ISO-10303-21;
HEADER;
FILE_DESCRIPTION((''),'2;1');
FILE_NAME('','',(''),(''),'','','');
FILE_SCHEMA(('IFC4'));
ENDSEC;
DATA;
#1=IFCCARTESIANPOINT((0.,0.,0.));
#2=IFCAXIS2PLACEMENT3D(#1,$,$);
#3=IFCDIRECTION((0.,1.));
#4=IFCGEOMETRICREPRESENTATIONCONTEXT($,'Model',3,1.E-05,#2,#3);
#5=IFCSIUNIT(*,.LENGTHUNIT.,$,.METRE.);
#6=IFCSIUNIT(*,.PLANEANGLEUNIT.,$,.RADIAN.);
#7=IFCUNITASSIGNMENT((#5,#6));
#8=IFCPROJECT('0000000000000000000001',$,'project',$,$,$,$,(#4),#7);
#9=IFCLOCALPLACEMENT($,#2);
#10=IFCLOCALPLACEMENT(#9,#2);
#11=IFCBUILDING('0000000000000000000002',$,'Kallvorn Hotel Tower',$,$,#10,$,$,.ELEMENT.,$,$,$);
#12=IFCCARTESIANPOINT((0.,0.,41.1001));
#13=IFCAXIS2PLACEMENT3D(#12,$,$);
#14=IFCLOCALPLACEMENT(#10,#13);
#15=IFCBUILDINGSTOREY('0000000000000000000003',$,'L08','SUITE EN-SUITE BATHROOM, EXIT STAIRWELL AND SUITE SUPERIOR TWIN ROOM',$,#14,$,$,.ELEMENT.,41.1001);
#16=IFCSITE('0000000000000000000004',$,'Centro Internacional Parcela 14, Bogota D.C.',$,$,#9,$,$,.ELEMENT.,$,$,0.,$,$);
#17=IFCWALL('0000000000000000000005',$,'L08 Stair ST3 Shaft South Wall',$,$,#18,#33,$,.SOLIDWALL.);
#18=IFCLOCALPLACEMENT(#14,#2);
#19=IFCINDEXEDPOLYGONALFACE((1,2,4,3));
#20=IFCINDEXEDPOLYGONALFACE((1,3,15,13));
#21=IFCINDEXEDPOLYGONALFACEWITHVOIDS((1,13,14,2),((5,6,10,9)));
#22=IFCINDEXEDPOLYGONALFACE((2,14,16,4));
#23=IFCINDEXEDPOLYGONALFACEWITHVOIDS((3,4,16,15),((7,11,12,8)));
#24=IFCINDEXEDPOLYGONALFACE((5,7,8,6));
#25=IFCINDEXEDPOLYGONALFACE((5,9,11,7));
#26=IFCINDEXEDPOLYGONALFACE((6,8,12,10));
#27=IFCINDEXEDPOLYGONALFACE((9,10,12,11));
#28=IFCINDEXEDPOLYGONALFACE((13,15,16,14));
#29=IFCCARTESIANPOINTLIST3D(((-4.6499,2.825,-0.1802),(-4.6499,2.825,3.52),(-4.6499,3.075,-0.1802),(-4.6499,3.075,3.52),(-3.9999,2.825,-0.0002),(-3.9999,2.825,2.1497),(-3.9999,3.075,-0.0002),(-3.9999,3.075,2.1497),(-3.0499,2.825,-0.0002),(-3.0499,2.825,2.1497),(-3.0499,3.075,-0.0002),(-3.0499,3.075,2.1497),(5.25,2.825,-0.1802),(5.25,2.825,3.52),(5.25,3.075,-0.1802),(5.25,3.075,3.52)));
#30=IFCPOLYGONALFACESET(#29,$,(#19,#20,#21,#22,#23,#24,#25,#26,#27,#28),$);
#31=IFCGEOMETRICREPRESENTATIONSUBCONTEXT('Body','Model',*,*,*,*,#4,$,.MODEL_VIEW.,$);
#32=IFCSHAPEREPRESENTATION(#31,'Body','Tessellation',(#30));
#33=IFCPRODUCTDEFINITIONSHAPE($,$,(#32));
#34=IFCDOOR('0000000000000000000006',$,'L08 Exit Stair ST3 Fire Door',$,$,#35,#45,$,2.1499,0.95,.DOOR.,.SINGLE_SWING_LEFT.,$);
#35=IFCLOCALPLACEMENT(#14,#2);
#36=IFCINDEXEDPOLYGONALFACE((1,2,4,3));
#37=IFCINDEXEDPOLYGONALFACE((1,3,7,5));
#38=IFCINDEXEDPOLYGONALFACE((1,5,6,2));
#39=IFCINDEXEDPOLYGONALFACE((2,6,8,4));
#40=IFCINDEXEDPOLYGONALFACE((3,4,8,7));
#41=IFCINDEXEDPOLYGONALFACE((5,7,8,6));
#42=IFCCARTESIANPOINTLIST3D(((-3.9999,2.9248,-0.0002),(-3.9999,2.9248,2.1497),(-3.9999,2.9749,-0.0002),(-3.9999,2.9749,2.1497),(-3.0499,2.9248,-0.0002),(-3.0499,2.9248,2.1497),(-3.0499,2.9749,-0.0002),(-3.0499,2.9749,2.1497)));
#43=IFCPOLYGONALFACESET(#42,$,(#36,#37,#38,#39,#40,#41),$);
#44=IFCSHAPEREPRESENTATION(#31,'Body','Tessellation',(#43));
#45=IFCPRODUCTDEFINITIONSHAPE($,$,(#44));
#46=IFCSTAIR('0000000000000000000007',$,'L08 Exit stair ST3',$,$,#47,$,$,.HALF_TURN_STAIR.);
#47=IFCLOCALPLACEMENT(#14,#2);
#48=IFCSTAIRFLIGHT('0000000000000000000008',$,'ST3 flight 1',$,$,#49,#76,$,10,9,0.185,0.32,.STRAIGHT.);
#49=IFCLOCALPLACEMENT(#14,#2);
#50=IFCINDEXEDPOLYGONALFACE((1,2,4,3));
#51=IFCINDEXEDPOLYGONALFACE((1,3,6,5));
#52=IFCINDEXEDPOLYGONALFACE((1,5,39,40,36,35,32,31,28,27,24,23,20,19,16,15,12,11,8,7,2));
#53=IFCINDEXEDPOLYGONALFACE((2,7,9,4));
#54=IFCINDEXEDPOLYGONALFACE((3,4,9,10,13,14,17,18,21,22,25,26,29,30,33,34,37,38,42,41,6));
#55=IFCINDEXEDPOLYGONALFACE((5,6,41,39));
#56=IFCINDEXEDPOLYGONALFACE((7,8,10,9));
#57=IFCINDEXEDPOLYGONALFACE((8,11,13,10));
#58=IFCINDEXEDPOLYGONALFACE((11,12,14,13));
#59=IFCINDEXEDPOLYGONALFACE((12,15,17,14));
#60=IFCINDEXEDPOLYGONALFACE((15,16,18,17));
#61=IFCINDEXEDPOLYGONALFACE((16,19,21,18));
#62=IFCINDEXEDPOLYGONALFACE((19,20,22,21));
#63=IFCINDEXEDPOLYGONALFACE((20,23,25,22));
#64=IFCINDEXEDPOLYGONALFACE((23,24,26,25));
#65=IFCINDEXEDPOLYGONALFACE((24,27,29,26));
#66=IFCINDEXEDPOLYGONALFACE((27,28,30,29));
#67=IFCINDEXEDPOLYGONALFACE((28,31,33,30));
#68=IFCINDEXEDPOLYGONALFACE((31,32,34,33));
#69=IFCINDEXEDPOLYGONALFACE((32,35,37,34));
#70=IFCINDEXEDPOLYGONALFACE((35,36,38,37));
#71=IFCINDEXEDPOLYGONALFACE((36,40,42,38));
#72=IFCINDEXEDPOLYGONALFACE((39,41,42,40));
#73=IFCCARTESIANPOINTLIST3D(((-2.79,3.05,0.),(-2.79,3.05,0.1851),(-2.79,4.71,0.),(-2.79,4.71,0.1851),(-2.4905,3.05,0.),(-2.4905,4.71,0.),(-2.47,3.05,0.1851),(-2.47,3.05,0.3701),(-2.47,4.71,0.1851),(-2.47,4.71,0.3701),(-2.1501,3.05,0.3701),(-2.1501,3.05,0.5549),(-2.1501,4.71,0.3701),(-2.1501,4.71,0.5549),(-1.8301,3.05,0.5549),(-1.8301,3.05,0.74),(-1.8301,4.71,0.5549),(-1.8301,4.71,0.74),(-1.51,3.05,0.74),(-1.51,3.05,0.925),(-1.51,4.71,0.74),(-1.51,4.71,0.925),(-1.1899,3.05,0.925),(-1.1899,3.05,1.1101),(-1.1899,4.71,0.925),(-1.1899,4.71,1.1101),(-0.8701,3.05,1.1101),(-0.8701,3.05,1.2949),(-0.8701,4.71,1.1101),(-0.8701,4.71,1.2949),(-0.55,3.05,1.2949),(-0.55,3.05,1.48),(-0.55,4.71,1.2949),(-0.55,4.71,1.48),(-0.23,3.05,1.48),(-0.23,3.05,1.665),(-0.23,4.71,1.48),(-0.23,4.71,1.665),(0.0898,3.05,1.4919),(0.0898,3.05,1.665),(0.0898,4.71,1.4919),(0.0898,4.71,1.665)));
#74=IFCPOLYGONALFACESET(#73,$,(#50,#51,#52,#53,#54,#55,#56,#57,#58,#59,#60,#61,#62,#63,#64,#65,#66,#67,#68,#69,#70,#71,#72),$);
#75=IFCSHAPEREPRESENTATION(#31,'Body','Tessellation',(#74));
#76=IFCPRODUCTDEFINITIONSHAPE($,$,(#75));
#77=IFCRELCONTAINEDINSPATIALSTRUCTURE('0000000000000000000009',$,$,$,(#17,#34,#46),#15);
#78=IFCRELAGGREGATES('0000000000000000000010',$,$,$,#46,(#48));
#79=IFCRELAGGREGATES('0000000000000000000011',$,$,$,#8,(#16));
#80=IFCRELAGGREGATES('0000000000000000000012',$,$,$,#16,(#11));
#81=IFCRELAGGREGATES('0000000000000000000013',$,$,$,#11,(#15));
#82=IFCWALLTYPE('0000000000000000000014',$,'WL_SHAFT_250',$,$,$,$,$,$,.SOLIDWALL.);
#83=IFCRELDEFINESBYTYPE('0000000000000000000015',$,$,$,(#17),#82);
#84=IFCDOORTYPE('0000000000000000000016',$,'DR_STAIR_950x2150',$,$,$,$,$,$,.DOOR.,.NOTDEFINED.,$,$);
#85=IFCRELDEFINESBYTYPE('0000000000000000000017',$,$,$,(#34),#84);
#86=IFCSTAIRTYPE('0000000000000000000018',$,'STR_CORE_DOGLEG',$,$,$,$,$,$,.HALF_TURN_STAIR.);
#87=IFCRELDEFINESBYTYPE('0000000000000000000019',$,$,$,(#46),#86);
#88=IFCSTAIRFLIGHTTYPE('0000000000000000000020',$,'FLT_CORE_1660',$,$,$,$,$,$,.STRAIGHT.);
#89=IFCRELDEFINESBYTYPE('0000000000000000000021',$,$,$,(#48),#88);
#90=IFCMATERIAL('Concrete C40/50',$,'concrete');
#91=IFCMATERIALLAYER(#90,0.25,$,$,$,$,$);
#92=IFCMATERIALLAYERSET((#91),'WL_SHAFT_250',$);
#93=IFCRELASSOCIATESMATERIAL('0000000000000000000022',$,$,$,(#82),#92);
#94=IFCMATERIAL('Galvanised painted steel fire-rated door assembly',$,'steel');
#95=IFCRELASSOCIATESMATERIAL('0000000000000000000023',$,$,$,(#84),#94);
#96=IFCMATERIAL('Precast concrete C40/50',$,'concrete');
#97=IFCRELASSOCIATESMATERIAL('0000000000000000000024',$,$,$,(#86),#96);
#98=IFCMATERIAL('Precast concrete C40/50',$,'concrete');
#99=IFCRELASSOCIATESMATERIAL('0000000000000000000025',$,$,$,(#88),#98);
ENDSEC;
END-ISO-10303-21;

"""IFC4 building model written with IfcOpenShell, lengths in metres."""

from ifc_helpers import new_model, si_unit, direction, frame, frame_2d, origin, place, context, subcontext, project, spatial, polyline, rectangle, outline, extrude, material, layer, layer_set, type_object, element, fill, aggregate, save


model = new_model("IFC4")

# Units and contexts
model_context = context("Model", 3, precision=1e-05, world=origin(), true_north=direction((0.0, 1.0)))
body_context = subcontext(model_context, "Body", "Model", "MODEL_VIEW")
ifc_project = project(units=[si_unit("LENGTHUNIT", "METRE"), si_unit("PLANEANGLEUNIT", "RADIAN")], contexts=[model_context])

# Site, building, storey
site_placement = place(None, origin())
site = spatial("IfcSite", under=ifc_project, at=site_placement, Name="Centro Internacional Parcela 14, Bogota D.C.", CompositionType="ELEMENT", RefElevation=0.0)
building_placement = place(site_placement, origin())
building = spatial("IfcBuilding", under=site, at=building_placement, Name="Kallvorn Hotel Tower", CompositionType="ELEMENT")
storey_placement = place(building_placement, frame((0.0, 0.0, 41.1001)))
storey = spatial("IfcBuildingStorey", under=building, at=storey_placement, Name="L08", Description="SUITE EN-SUITE BATHROOM, EXIT STAIRWELL AND SUITE SUPERIOR TWIN ROOM", CompositionType="ELEMENT", Elevation=41.1001)

# Shared definitions
ifc_material_1 = material(Name="Concrete C40/50", Category="concrete")
ifc_layer_1 = layer(ifc_material_1, 0.25)
ifc_layer_set_1 = layer_set([ifc_layer_1], Name="WL_SHAFT_250")
wall_type_1 = type_object("IfcWallType", Name="WL_SHAFT_250", PredefinedType="SOLIDWALL", material=ifc_layer_set_1)

# Wall, opening, door
wall_1_placement = place(storey_placement, frame((-4.6499, 2.95, -0.1802), z_axis=(0.0, 0.0, 1.0), x_axis=(1.0, 0.0, 0.0)))
wall_1 = element("IfcWall", 1, at=wall_1_placement, inside=storey, type_object=wall_type_1, Name="L08 Stair ST3 Shaft South Wall", PredefinedType="SOLIDWALL", context=body_context, shape_type="SweptSolid", body=[
    extrude(rectangle(XDim=9.8999, YDim=0.25, at=frame_2d((4.95, 0.0))), origin(), (0.0, 0.0, 1.0), 3.7002),
])
opening_1_placement = place(wall_1_placement, frame((0.6499, 0.0, 0.1799)))
opening_1 = element("IfcOpeningElement", 2, at=opening_1_placement, cuts=wall_1, PredefinedType="OPENING", context=body_context, shape_type="SweptSolid", body=[
    extrude(rectangle(XDim=0.95, YDim=2.1499, at=frame_2d((0.4751, 1.075))), frame((0.0, 0.1399, 0.0), z_axis=(0.0, -1.0, 0.0), x_axis=(1.0, 0.0, 0.0)), (0.0, 0.0, 1.0), 0.28),
])
ifc_material_2 = material(Name="Galvanised painted steel fire-rated door assembly", Category="steel")
door_type_1 = type_object("IfcDoorType", Name="DR_STAIR_950x2150", OperationType="NOTDEFINED", PredefinedType="DOOR", material=ifc_material_2)
door_1_placement = place(opening_1_placement, origin())
door_1 = element("IfcDoor", 3, at=door_1_placement, inside=storey, type_object=door_type_1, Name="L08 Exit Stair ST3 Fire Door", OperationType="SINGLE_SWING_LEFT", OverallHeight=2.1499, OverallWidth=0.95, PredefinedType="DOOR", context=body_context, shape_type="SweptSolid", body=[
    extrude(rectangle(XDim=0.95, YDim=2.1499, at=frame_2d((0.4751, 1.075))), frame((0.0, 0.0249, 0.0), z_axis=(0.0, -1.0, 0.0), x_axis=(1.0, 0.0, 0.0)), (0.0, 0.0, 1.0), 0.05),
])
fill(opening_1, door_1)

# Stair, stair flight
ifc_material_3 = material(Name="Precast concrete C40/50", Category="concrete")
stair_type = type_object("IfcStairType", Name="STR_CORE_DOGLEG", PredefinedType="HALF_TURN_STAIR", material=ifc_material_3)
stair_placement = place(storey_placement, origin())
stair = element("IfcStair", 4, at=stair_placement, inside=storey, type_object=stair_type, Name="L08 Exit stair ST3", PredefinedType="HALF_TURN_STAIR")
ifc_material_4 = material(Name="Precast concrete C40/50", Category="concrete")
stair_flight_type = type_object("IfcStairFlightType", Name="FLT_CORE_1660", PredefinedType="STRAIGHT", material=ifc_material_4)
stair_flight_placement = place(storey_placement, frame((-2.79, 3.8799, 0.0), z_axis=(0.0, 0.0, 1.0), x_axis=(1.0, 0.0, 0.0)))
stair_flight = element("IfcStairFlight", 5, at=stair_flight_placement, type_object=stair_flight_type, Name="ST3 flight 1", NumberOfRisers=10, NumberOfTreads=9, PredefinedType="STRAIGHT", RiserHeight=0.185, TreadLength=0.32, context=body_context, shape_type="SweptSolid", body=[
    extrude(outline(polyline([(0.0, 0.0), (0.0, 0.1851), (0.3201, 0.1851), (0.3201, 0.3701), (0.6399, 0.3701), (0.6399, 0.5549), (0.96, 0.5549), (0.96, 0.74), (1.28, 0.74), (1.28, 0.925), (1.6001, 0.925), (1.6001, 1.1101), (1.9199, 1.1101), (1.9199, 1.2949), (2.24, 1.2949), (2.24, 1.48), (2.5601, 1.48), (2.5601, 1.665), (2.8799, 1.665), (2.8799, 1.8501), (2.8799, 1.4919), (0.2996, 0.0), (0.0, 0.0)])), frame((0.0, 0.8301, 0.0), z_axis=(0.0, -1.0, 0.0), x_axis=(1.0, 0.0, 0.0)), (0.0, 0.0, 1.0), 1.6599),
])
aggregate(stair, [stair_flight])

save(model, "model.ifc")
